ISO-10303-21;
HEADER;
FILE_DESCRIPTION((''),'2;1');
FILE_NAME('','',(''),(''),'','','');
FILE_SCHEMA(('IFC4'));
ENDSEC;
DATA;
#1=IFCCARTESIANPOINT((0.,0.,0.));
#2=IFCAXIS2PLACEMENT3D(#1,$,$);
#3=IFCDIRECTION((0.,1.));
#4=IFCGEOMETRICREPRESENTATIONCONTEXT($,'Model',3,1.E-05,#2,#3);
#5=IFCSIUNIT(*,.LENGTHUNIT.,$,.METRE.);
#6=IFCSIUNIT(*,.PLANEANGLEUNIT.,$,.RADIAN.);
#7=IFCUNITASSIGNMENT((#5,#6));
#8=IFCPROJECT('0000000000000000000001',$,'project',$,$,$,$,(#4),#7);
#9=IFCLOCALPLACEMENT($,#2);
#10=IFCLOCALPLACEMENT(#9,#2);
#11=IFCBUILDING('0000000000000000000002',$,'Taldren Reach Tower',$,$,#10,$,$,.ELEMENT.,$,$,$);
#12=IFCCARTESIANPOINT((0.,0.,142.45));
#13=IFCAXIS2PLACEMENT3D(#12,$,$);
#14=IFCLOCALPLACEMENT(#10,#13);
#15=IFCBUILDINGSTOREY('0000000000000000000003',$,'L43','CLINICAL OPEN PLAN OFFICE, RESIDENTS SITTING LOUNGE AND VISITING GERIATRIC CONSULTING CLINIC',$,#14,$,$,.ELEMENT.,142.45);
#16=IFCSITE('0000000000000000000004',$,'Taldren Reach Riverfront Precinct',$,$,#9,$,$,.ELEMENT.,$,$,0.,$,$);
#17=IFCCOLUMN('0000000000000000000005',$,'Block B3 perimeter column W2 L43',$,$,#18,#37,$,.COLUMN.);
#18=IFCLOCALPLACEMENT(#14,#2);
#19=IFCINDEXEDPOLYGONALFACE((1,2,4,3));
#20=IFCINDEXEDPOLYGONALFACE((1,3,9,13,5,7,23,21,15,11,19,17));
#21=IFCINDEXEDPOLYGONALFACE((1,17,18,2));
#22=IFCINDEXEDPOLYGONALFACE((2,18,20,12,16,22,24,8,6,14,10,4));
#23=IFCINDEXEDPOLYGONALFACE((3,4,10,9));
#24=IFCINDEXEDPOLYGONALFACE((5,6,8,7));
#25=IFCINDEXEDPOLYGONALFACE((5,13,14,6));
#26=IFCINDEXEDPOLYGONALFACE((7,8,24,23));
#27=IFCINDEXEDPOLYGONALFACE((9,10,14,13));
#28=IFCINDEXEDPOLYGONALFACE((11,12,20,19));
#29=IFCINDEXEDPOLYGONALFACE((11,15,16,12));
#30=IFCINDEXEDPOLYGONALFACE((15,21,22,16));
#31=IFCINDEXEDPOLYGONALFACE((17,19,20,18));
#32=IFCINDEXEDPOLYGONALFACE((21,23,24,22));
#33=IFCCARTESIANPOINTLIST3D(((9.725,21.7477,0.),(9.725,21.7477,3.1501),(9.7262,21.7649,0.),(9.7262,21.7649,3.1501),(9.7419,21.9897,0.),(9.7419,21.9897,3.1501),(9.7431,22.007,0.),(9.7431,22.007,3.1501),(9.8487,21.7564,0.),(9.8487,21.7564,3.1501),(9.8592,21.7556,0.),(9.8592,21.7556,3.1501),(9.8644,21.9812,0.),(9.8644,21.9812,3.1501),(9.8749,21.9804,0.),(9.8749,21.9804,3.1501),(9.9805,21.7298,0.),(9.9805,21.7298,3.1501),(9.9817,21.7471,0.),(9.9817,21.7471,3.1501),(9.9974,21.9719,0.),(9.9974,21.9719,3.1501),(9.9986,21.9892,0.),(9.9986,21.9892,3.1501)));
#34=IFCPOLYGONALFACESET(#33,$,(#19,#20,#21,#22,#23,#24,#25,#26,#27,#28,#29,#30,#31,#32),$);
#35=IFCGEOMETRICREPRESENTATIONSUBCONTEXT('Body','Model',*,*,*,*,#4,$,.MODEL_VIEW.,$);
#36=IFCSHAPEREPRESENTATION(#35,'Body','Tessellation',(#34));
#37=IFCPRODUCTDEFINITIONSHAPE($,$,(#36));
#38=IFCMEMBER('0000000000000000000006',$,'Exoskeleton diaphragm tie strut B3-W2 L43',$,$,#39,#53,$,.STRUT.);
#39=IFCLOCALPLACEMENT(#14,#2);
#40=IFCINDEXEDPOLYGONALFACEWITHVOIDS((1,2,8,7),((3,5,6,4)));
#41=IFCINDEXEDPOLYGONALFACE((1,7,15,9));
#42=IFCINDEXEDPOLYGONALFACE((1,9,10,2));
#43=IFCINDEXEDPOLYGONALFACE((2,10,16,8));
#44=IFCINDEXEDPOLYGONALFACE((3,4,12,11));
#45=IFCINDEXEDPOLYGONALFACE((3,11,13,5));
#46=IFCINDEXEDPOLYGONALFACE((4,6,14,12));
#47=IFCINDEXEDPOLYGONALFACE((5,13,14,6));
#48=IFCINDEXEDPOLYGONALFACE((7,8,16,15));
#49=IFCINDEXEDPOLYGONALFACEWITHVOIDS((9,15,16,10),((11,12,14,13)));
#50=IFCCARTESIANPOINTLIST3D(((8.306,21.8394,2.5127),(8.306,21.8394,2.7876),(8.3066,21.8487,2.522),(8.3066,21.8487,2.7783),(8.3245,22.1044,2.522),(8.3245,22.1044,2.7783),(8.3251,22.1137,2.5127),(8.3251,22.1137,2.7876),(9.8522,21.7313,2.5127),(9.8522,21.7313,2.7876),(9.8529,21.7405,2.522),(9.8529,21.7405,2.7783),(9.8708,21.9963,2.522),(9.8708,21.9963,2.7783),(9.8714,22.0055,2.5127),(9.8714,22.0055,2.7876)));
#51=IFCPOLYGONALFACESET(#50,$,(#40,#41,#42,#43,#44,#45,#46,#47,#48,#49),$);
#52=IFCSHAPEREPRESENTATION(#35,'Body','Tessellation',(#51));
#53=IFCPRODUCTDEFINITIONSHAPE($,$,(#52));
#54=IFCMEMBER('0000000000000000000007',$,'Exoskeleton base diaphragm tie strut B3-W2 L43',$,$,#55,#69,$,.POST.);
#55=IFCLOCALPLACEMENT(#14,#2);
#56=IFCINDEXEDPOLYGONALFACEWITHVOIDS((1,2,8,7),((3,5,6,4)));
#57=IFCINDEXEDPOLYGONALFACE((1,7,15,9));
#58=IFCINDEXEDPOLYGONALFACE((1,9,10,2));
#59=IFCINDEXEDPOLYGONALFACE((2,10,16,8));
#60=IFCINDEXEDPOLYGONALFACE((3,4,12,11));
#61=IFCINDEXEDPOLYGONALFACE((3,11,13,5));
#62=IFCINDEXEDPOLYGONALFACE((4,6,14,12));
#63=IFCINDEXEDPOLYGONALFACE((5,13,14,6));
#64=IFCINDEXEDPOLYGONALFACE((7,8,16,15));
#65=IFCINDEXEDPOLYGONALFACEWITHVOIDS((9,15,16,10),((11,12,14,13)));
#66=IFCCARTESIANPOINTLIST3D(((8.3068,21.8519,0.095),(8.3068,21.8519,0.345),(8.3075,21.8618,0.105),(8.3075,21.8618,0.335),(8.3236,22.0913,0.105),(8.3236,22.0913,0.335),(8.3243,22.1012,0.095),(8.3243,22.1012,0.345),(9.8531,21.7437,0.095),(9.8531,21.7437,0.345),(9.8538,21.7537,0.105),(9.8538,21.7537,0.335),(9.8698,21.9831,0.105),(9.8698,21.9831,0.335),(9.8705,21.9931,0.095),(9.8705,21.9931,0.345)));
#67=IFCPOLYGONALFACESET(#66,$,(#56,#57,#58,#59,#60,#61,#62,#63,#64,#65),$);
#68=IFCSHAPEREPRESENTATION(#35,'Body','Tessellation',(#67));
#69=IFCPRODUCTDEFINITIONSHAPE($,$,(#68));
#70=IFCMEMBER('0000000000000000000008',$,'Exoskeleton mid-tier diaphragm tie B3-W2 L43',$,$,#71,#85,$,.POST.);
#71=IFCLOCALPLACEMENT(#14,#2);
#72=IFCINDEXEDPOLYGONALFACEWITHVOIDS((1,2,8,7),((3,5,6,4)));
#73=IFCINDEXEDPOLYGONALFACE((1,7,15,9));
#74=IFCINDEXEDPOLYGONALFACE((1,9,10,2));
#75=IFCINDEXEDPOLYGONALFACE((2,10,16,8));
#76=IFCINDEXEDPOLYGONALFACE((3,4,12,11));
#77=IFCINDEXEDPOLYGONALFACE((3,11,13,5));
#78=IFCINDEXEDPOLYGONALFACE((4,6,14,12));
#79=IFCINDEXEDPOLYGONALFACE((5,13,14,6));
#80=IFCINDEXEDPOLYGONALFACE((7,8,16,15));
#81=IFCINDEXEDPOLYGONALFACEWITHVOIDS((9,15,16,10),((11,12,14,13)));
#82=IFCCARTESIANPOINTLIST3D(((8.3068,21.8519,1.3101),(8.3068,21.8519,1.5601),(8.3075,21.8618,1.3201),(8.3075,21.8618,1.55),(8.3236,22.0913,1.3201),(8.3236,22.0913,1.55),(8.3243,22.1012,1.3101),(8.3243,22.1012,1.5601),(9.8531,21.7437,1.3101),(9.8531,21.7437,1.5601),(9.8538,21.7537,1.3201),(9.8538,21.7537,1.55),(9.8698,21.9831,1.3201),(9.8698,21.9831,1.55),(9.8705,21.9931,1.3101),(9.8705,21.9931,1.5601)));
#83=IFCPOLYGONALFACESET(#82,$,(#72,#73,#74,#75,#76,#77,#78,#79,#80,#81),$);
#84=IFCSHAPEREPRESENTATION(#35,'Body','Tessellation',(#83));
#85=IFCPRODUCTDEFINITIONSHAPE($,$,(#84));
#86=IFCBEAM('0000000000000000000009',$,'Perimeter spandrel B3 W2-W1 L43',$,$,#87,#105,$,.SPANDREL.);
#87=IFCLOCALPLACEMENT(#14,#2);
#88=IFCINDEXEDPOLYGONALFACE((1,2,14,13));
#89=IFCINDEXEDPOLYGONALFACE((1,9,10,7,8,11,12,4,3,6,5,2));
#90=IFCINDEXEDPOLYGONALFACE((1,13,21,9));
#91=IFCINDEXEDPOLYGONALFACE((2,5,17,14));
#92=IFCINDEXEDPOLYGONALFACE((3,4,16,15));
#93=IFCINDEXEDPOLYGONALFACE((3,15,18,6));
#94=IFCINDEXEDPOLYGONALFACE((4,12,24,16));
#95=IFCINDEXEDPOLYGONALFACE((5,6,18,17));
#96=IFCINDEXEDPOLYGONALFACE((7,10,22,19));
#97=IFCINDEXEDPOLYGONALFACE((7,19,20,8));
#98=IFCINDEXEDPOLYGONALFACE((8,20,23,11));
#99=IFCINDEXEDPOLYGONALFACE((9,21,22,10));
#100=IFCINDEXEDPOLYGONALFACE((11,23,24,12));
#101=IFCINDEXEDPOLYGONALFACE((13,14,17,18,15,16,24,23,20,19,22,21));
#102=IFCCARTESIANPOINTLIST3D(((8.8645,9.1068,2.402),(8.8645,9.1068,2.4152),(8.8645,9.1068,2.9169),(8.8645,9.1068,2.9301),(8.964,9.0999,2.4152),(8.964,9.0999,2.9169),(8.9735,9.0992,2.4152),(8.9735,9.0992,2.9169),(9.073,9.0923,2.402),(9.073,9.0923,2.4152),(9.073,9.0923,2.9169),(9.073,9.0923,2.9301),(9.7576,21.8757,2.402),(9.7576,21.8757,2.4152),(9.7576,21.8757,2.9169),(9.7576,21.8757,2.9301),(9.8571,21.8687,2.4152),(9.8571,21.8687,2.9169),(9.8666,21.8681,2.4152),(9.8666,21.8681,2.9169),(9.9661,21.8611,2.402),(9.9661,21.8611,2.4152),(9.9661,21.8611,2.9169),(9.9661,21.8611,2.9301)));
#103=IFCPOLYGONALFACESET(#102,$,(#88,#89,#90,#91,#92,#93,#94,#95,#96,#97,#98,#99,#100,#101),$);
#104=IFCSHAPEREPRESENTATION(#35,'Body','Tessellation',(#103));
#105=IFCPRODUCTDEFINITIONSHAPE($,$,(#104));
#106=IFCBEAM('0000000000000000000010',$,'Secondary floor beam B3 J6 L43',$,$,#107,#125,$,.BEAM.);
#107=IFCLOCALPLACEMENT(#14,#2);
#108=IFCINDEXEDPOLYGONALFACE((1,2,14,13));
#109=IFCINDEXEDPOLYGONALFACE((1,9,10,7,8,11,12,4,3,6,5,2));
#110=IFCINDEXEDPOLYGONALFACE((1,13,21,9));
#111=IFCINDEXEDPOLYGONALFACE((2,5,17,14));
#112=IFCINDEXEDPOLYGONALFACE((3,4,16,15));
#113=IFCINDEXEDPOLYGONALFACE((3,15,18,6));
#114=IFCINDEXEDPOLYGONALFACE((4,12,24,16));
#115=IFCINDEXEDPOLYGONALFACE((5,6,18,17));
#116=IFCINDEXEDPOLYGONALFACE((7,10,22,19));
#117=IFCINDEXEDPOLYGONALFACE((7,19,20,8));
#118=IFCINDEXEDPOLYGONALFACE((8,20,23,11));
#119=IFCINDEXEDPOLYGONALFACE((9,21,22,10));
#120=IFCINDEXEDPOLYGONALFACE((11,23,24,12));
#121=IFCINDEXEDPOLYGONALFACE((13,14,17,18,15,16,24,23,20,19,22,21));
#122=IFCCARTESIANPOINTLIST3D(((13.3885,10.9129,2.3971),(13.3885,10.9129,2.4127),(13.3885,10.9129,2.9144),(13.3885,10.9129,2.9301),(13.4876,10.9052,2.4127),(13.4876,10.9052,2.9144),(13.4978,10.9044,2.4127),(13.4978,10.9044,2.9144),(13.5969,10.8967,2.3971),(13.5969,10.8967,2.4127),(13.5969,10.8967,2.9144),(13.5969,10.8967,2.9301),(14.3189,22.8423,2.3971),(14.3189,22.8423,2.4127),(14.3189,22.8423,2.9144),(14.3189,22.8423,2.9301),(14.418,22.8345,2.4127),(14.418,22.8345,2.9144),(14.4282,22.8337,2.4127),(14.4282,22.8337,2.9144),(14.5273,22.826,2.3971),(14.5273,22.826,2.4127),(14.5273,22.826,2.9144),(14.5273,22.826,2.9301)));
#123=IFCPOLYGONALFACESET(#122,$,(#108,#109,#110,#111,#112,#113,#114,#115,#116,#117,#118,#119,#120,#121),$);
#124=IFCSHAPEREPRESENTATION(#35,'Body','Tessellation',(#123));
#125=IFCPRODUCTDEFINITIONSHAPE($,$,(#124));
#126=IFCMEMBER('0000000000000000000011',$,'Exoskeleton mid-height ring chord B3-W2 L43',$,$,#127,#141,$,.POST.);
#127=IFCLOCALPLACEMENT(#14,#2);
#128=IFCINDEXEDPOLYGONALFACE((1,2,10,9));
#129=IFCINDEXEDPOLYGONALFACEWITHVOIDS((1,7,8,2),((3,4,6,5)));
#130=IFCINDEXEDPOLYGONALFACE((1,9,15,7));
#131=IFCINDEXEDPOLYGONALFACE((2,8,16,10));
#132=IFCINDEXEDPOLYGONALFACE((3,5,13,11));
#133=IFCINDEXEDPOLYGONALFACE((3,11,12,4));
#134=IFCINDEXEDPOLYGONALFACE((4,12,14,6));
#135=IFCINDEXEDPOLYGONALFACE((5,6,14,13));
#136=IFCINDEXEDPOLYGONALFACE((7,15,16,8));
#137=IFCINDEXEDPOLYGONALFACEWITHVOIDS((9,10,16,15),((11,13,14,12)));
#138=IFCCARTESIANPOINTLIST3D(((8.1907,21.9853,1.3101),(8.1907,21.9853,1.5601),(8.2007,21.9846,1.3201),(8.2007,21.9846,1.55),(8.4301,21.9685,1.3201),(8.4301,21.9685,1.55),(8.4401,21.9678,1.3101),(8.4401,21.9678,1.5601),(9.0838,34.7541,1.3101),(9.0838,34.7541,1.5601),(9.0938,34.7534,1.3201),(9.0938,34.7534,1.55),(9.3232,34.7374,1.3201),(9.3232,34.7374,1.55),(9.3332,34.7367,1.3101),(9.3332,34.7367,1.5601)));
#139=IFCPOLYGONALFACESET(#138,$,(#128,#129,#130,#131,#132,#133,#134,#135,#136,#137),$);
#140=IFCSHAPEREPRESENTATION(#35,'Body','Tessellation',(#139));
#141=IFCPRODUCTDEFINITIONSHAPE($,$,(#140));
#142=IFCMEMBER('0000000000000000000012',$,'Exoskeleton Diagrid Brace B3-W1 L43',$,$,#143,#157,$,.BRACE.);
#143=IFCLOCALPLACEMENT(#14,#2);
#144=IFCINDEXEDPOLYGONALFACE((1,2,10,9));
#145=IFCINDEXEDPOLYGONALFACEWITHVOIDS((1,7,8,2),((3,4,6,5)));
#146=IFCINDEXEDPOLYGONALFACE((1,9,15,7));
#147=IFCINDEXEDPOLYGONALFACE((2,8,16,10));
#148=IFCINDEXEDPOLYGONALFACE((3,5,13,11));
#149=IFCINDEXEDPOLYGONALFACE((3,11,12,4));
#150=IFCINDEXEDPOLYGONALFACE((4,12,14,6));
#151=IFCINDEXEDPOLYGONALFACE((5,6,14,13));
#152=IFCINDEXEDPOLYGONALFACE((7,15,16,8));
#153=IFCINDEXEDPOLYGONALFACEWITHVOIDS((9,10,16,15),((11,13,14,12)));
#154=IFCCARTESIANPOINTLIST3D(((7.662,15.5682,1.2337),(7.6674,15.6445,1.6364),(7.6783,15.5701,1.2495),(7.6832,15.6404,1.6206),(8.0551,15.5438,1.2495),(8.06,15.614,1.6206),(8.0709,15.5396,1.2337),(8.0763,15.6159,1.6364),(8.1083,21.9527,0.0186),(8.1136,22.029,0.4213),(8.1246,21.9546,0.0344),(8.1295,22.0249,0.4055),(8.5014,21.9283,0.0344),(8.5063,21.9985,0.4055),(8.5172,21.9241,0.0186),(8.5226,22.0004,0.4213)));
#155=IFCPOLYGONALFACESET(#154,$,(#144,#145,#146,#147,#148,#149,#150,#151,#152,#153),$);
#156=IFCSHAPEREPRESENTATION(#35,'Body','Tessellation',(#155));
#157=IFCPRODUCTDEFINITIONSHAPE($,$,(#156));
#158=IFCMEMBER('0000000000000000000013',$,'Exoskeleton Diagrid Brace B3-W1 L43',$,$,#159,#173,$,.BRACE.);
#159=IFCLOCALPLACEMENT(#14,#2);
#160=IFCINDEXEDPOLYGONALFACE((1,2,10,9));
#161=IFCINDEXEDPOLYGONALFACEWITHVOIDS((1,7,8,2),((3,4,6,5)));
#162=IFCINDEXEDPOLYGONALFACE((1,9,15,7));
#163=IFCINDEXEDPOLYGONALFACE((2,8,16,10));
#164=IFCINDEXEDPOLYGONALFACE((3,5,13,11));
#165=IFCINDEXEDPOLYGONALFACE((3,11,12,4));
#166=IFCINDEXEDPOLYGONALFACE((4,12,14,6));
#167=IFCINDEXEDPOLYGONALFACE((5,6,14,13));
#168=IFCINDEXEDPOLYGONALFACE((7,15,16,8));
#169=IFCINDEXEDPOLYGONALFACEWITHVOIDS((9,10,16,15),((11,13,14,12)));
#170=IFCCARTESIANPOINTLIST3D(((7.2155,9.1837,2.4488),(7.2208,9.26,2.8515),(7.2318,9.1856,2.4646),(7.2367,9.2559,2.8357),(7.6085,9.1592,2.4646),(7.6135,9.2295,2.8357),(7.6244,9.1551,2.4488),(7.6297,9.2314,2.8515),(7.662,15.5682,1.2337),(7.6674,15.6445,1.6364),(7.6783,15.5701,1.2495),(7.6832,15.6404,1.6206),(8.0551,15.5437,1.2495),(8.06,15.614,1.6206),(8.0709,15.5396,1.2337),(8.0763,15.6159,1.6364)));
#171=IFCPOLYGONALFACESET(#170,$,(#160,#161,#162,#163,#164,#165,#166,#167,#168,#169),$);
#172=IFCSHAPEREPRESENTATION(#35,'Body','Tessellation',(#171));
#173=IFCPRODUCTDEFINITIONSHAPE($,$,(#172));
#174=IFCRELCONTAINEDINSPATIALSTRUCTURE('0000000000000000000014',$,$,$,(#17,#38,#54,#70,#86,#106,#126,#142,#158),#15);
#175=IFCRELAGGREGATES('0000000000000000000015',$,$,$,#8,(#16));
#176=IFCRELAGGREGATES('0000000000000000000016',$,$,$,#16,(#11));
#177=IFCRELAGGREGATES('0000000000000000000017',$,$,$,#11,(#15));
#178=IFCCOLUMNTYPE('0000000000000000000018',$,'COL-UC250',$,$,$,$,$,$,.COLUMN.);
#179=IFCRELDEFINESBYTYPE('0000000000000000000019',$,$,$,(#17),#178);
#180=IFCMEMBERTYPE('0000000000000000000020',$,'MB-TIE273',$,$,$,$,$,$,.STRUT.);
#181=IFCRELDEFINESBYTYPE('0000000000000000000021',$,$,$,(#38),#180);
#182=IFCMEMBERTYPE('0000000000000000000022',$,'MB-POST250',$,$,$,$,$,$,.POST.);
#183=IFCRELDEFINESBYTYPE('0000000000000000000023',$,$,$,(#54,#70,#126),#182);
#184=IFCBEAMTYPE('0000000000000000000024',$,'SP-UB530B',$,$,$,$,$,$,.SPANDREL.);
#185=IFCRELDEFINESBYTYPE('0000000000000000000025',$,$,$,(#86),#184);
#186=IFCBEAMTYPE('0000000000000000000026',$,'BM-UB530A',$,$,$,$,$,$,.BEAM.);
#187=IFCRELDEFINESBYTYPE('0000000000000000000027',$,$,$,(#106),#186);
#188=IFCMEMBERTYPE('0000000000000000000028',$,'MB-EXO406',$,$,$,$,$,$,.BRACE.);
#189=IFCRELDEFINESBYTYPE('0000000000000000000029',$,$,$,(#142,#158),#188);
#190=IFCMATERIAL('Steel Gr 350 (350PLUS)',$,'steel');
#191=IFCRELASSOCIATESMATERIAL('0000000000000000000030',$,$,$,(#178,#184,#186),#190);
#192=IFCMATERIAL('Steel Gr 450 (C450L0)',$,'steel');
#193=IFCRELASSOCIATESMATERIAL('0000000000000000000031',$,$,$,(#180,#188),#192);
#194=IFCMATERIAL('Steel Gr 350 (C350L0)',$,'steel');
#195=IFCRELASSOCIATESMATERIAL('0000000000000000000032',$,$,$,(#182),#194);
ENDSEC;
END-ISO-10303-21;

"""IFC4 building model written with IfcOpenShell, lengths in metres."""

from ifc_helpers import new_model, si_unit, direction, frame, origin, origin_2d, place, context, subcontext, project, spatial, hollow_rectangle, i_section, extrude, source, transform, mapped, material, material_profile, profile_set, type_object, element, save


model = new_model("IFC4")

# Units and contexts
model_context = context("Model", 3, precision=1e-05, world=origin(), true_north=direction((0.0, 1.0)))
body_context = subcontext(model_context, "Body", "Model", "MODEL_VIEW")
ifc_project = project(units=[si_unit("LENGTHUNIT", "METRE"), si_unit("PLANEANGLEUNIT", "RADIAN")], contexts=[model_context])

# Site, building, storey
site_placement = place(None, origin())
site = spatial("IfcSite", under=ifc_project, at=site_placement, Name="Taldren Reach Riverfront Precinct", CompositionType="ELEMENT", RefElevation=0.0)
building_placement = place(site_placement, origin())
building = spatial("IfcBuilding", under=site, at=building_placement, Name="Taldren Reach Tower", CompositionType="ELEMENT")
storey_placement = place(building_placement, frame((0.0, 0.0, 142.45)))
storey = spatial("IfcBuildingStorey", under=building, at=storey_placement, Name="L43", Description="CLINICAL OPEN PLAN OFFICE, RESIDENTS SITTING LOUNGE AND VISITING GERIATRIC CONSULTING CLINIC", CompositionType="ELEMENT", Elevation=142.45)

# Column
ifc_material_1 = material(Name="Steel Gr 350 (350PLUS)", Category="steel")
ifc_material_profile_1 = material_profile(ifc_material_1, i_section(OverallWidth=0.2561, OverallDepth=0.26, WebThickness=0.0105, FlangeThickness=0.0173, at=origin_2d()), Name="250UC89.5")
ifc_profile_set_1 = profile_set([ifc_material_profile_1], Name="Steel Gr 350 (350PLUS)")
column_type = type_object("IfcColumnType", Name="COL-UC250", PredefinedType="COLUMN", material=ifc_profile_set_1)
shared_shape_1 = source(origin(), body_context, "Body", "SweptSolid", [
    extrude(i_section(OverallWidth=0.2561, OverallDepth=0.26, WebThickness=0.0105, FlangeThickness=0.0173, at=origin_2d()), origin(), (0.0, 0.0, 1.0), 3.1501),
])
column_placement = place(storey_placement, frame((9.8618, 21.8684, 0.0), z_axis=(0.0, 0.0, 1.0), x_axis=(0.997564, -0.069756, 0.0)))
element("IfcColumn", 1, at=column_placement, inside=storey, type_object=column_type, Name="Block B3 perimeter column W2 L43", PredefinedType="COLUMN", context=body_context, shape_type="MappedRepresentation", body=[
    mapped(shared_shape_1, transform((0.0, 0.0, 0.0), scale=1.0)),
])

# Members
ifc_material_2 = material(Name="Steel Gr 450 (C450L0)", Category="steel")
ifc_material_profile_2 = material_profile(ifc_material_2, hollow_rectangle(XDim=0.2749, YDim=0.2749, WallThickness=0.0093, at=origin_2d()), Name="275x275x9.3SHS")
ifc_profile_set_2 = profile_set([ifc_material_profile_2], Name="Steel Gr 450 (C450L0)")
member_type_1 = type_object("IfcMemberType", Name="MB-TIE273", PredefinedType="STRUT", material=ifc_profile_set_2)
shared_shape_2 = source(origin(), body_context, "Body", "SweptSolid", [
    extrude(hollow_rectangle(XDim=0.2749, YDim=0.2749, WallThickness=0.0093, at=origin_2d()), origin(), (0.0, 0.0, 1.0), 1.55),
])
member_1_placement = place(storey_placement, frame((9.8618, 21.8684, 2.6501), z_axis=(-0.997563, 0.06977, 0.0), x_axis=(-0.06977, -0.997563, 0.0)))
element("IfcMember", 2, at=member_1_placement, inside=storey, type_object=member_type_1, Name="Exoskeleton diaphragm tie strut B3-W2 L43", PredefinedType="STRUT", context=body_context, shape_type="MappedRepresentation", body=[
    mapped(shared_shape_2, transform((0.0, 0.0, 0.0), scale=1.0)),
])
ifc_material_3 = material(Name="Steel Gr 350 (C350L0)", Category="steel")
ifc_material_profile_3 = material_profile(ifc_material_3, hollow_rectangle(XDim=0.25, YDim=0.25, WallThickness=0.01, at=origin_2d()), Name="250x250x10.0SHS")
ifc_profile_set_3 = profile_set([ifc_material_profile_3], Name="Steel Gr 350 (C350L0)")
member_type_2 = type_object("IfcMemberType", Name="MB-POST250", PredefinedType="POST", material=ifc_profile_set_3)
shared_shape_3 = source(origin(), body_context, "Body", "SweptSolid", [
    extrude(hollow_rectangle(XDim=0.25, YDim=0.25, WallThickness=0.01, at=origin_2d()), origin(), (0.0, 0.0, 1.0), 1.55),
])
for number, where, z_axis, x_axis, name in (
    (3, (9.8618, 21.8684, 0.22), (-0.997563, 0.06977, 0.0), (-0.06977, -0.997563, 0.0), "Exoskeleton base diaphragm tie strut B3-W2 L43"),
    (4, (9.8618, 21.8684, 1.4351), (-0.997563, 0.06977, 0.0), (-0.06977, -0.997563, 0.0), "Exoskeleton mid-tier diaphragm tie B3-W2 L43"),
):
    element("IfcMember", number, at=place(storey_placement, frame(where, z_axis=z_axis, x_axis=x_axis)), inside=storey, type_object=member_type_2, Name=name, PredefinedType="POST", context=body_context, shape_type="MappedRepresentation", body=[
        mapped(shared_shape_3, transform((0.0, 0.0, 0.0), scale=1.0)),
    ])

# Beams
ifc_material_profile_4 = material_profile(ifc_material_1, i_section(OverallWidth=0.209, OverallDepth=0.5281, WebThickness=0.0095, FlangeThickness=0.0132, at=origin_2d()), Name="530UB82.0")
ifc_profile_set_4 = profile_set([ifc_material_profile_4], Name="Steel Gr 350 (350PLUS)")
beam_type_1 = type_object("IfcBeamType", Name="SP-UB530B", PredefinedType="SPANDREL", material=ifc_profile_set_4)
shared_shape_4 = source(origin(), body_context, "Body", "SweptSolid", [
    extrude(i_section(OverallWidth=0.209, OverallDepth=0.5281, WebThickness=0.0095, FlangeThickness=0.0132, at=origin_2d()), origin(), (0.0, 0.0, 1.0), 12.8),
])
beam_1_placement = place(storey_placement, frame((9.8618, 21.8684, 2.666), z_axis=(-0.069771, -0.997563, 0.0), x_axis=(0.997563, -0.069771, 0.0)))
element("IfcBeam", 5, at=beam_1_placement, inside=storey, type_object=beam_type_1, Name="Perimeter spandrel B3 W2-W1 L43", PredefinedType="SPANDREL", context=body_context, shape_type="MappedRepresentation", body=[
    mapped(shared_shape_4, transform((0.0, 0.0, 0.0), scale=1.0)),
])
ifc_material_profile_5 = material_profile(ifc_material_1, i_section(OverallWidth=0.209, OverallDepth=0.533, WebThickness=0.0103, FlangeThickness=0.0156, at=origin_2d()), Name="530UB92.4")
ifc_profile_set_5 = profile_set([ifc_material_profile_5], Name="Steel Gr 350 (350PLUS)")
beam_type_2 = type_object("IfcBeamType", Name="BM-UB530A", PredefinedType="BEAM", material=ifc_profile_set_5)
shared_shape_5 = source(origin(), body_context, "Body", "SweptSolid", [
    extrude(i_section(OverallWidth=0.209, OverallDepth=0.533, WebThickness=0.0103, FlangeThickness=0.0156, at=origin_2d()), origin(), (0.0, 0.0, 1.0), 11.9656),
])
beam_2_placement = place(storey_placement, frame((13.4927, 10.9048, 2.6636), z_axis=(0.077757, 0.996972, 0.0), x_axis=(-0.996972, 0.077757, 0.0)))
element("IfcBeam", 6, at=beam_2_placement, inside=storey, type_object=beam_type_2, Name="Secondary floor beam B3 J6 L43", PredefinedType="BEAM", context=body_context, shape_type="MappedRepresentation", body=[
    mapped(shared_shape_5, transform((0.0, 0.0, 0.0), scale=1.0)),
])

# Members
shared_shape_6 = source(origin(), body_context, "Body", "SweptSolid", [
    extrude(hollow_rectangle(XDim=0.25, YDim=0.25, WallThickness=0.01, at=origin_2d()), origin(), (0.0, 0.0, 1.0), 12.8),
])
member_2_placement = place(storey_placement, frame((8.3154, 21.9766, 1.4351), z_axis=(0.069771, 0.997563, 0.0), x_axis=(-0.997563, 0.069771, 0.0)))
element("IfcMember", 7, at=member_2_placement, inside=storey, type_object=member_type_2, Name="Exoskeleton mid-height ring chord B3-W2 L43", PredefinedType="POST", context=body_context, shape_type="MappedRepresentation", body=[
    mapped(shared_shape_6, transform((0.0, 0.0, 0.0), scale=1.0)),
])
ifc_material_profile_6 = material_profile(ifc_material_2, hollow_rectangle(XDim=0.4099, YDim=0.4099, WallThickness=0.0161, at=origin_2d()), Name="410x410x16.0SHS")
ifc_profile_set_6 = profile_set([ifc_material_profile_6], Name="Steel Gr 450 (C450L0)")
member_type_3 = type_object("IfcMemberType", Name="MB-EXO406", PredefinedType="BRACE", material=ifc_profile_set_6)
shared_shape_7 = source(origin(), body_context, "Body", "SweptSolid", [
    extrude(hollow_rectangle(XDim=0.4099, YDim=0.4099, WallThickness=0.0161, at=origin_2d()), origin(), (0.0, 0.0, 1.0), 6.5144),
])
for number, where, z_axis, x_axis, name in (
    (8, (8.3154, 21.9766, 0.22), (-0.068508, -0.980059, 0.186523), (0.997566, -0.069732, 0.0), "Exoskeleton Diagrid Brace B3-W1 L43"),
    (9, (7.8691, 15.592, 1.4351), (-0.068545, -0.980057, 0.186522), (0.997563, -0.06977, 0.0), "Exoskeleton Diagrid Brace B3-W1 L43"),
):
    element("IfcMember", number, at=place(storey_placement, frame(where, z_axis=z_axis, x_axis=x_axis)), inside=storey, type_object=member_type_3, Name=name, PredefinedType="BRACE", context=body_context, shape_type="MappedRepresentation", body=[
        mapped(shared_shape_7, transform((0.0, 0.0, 0.0), scale=1.0)),
    ])

save(model, "model.ifc")
